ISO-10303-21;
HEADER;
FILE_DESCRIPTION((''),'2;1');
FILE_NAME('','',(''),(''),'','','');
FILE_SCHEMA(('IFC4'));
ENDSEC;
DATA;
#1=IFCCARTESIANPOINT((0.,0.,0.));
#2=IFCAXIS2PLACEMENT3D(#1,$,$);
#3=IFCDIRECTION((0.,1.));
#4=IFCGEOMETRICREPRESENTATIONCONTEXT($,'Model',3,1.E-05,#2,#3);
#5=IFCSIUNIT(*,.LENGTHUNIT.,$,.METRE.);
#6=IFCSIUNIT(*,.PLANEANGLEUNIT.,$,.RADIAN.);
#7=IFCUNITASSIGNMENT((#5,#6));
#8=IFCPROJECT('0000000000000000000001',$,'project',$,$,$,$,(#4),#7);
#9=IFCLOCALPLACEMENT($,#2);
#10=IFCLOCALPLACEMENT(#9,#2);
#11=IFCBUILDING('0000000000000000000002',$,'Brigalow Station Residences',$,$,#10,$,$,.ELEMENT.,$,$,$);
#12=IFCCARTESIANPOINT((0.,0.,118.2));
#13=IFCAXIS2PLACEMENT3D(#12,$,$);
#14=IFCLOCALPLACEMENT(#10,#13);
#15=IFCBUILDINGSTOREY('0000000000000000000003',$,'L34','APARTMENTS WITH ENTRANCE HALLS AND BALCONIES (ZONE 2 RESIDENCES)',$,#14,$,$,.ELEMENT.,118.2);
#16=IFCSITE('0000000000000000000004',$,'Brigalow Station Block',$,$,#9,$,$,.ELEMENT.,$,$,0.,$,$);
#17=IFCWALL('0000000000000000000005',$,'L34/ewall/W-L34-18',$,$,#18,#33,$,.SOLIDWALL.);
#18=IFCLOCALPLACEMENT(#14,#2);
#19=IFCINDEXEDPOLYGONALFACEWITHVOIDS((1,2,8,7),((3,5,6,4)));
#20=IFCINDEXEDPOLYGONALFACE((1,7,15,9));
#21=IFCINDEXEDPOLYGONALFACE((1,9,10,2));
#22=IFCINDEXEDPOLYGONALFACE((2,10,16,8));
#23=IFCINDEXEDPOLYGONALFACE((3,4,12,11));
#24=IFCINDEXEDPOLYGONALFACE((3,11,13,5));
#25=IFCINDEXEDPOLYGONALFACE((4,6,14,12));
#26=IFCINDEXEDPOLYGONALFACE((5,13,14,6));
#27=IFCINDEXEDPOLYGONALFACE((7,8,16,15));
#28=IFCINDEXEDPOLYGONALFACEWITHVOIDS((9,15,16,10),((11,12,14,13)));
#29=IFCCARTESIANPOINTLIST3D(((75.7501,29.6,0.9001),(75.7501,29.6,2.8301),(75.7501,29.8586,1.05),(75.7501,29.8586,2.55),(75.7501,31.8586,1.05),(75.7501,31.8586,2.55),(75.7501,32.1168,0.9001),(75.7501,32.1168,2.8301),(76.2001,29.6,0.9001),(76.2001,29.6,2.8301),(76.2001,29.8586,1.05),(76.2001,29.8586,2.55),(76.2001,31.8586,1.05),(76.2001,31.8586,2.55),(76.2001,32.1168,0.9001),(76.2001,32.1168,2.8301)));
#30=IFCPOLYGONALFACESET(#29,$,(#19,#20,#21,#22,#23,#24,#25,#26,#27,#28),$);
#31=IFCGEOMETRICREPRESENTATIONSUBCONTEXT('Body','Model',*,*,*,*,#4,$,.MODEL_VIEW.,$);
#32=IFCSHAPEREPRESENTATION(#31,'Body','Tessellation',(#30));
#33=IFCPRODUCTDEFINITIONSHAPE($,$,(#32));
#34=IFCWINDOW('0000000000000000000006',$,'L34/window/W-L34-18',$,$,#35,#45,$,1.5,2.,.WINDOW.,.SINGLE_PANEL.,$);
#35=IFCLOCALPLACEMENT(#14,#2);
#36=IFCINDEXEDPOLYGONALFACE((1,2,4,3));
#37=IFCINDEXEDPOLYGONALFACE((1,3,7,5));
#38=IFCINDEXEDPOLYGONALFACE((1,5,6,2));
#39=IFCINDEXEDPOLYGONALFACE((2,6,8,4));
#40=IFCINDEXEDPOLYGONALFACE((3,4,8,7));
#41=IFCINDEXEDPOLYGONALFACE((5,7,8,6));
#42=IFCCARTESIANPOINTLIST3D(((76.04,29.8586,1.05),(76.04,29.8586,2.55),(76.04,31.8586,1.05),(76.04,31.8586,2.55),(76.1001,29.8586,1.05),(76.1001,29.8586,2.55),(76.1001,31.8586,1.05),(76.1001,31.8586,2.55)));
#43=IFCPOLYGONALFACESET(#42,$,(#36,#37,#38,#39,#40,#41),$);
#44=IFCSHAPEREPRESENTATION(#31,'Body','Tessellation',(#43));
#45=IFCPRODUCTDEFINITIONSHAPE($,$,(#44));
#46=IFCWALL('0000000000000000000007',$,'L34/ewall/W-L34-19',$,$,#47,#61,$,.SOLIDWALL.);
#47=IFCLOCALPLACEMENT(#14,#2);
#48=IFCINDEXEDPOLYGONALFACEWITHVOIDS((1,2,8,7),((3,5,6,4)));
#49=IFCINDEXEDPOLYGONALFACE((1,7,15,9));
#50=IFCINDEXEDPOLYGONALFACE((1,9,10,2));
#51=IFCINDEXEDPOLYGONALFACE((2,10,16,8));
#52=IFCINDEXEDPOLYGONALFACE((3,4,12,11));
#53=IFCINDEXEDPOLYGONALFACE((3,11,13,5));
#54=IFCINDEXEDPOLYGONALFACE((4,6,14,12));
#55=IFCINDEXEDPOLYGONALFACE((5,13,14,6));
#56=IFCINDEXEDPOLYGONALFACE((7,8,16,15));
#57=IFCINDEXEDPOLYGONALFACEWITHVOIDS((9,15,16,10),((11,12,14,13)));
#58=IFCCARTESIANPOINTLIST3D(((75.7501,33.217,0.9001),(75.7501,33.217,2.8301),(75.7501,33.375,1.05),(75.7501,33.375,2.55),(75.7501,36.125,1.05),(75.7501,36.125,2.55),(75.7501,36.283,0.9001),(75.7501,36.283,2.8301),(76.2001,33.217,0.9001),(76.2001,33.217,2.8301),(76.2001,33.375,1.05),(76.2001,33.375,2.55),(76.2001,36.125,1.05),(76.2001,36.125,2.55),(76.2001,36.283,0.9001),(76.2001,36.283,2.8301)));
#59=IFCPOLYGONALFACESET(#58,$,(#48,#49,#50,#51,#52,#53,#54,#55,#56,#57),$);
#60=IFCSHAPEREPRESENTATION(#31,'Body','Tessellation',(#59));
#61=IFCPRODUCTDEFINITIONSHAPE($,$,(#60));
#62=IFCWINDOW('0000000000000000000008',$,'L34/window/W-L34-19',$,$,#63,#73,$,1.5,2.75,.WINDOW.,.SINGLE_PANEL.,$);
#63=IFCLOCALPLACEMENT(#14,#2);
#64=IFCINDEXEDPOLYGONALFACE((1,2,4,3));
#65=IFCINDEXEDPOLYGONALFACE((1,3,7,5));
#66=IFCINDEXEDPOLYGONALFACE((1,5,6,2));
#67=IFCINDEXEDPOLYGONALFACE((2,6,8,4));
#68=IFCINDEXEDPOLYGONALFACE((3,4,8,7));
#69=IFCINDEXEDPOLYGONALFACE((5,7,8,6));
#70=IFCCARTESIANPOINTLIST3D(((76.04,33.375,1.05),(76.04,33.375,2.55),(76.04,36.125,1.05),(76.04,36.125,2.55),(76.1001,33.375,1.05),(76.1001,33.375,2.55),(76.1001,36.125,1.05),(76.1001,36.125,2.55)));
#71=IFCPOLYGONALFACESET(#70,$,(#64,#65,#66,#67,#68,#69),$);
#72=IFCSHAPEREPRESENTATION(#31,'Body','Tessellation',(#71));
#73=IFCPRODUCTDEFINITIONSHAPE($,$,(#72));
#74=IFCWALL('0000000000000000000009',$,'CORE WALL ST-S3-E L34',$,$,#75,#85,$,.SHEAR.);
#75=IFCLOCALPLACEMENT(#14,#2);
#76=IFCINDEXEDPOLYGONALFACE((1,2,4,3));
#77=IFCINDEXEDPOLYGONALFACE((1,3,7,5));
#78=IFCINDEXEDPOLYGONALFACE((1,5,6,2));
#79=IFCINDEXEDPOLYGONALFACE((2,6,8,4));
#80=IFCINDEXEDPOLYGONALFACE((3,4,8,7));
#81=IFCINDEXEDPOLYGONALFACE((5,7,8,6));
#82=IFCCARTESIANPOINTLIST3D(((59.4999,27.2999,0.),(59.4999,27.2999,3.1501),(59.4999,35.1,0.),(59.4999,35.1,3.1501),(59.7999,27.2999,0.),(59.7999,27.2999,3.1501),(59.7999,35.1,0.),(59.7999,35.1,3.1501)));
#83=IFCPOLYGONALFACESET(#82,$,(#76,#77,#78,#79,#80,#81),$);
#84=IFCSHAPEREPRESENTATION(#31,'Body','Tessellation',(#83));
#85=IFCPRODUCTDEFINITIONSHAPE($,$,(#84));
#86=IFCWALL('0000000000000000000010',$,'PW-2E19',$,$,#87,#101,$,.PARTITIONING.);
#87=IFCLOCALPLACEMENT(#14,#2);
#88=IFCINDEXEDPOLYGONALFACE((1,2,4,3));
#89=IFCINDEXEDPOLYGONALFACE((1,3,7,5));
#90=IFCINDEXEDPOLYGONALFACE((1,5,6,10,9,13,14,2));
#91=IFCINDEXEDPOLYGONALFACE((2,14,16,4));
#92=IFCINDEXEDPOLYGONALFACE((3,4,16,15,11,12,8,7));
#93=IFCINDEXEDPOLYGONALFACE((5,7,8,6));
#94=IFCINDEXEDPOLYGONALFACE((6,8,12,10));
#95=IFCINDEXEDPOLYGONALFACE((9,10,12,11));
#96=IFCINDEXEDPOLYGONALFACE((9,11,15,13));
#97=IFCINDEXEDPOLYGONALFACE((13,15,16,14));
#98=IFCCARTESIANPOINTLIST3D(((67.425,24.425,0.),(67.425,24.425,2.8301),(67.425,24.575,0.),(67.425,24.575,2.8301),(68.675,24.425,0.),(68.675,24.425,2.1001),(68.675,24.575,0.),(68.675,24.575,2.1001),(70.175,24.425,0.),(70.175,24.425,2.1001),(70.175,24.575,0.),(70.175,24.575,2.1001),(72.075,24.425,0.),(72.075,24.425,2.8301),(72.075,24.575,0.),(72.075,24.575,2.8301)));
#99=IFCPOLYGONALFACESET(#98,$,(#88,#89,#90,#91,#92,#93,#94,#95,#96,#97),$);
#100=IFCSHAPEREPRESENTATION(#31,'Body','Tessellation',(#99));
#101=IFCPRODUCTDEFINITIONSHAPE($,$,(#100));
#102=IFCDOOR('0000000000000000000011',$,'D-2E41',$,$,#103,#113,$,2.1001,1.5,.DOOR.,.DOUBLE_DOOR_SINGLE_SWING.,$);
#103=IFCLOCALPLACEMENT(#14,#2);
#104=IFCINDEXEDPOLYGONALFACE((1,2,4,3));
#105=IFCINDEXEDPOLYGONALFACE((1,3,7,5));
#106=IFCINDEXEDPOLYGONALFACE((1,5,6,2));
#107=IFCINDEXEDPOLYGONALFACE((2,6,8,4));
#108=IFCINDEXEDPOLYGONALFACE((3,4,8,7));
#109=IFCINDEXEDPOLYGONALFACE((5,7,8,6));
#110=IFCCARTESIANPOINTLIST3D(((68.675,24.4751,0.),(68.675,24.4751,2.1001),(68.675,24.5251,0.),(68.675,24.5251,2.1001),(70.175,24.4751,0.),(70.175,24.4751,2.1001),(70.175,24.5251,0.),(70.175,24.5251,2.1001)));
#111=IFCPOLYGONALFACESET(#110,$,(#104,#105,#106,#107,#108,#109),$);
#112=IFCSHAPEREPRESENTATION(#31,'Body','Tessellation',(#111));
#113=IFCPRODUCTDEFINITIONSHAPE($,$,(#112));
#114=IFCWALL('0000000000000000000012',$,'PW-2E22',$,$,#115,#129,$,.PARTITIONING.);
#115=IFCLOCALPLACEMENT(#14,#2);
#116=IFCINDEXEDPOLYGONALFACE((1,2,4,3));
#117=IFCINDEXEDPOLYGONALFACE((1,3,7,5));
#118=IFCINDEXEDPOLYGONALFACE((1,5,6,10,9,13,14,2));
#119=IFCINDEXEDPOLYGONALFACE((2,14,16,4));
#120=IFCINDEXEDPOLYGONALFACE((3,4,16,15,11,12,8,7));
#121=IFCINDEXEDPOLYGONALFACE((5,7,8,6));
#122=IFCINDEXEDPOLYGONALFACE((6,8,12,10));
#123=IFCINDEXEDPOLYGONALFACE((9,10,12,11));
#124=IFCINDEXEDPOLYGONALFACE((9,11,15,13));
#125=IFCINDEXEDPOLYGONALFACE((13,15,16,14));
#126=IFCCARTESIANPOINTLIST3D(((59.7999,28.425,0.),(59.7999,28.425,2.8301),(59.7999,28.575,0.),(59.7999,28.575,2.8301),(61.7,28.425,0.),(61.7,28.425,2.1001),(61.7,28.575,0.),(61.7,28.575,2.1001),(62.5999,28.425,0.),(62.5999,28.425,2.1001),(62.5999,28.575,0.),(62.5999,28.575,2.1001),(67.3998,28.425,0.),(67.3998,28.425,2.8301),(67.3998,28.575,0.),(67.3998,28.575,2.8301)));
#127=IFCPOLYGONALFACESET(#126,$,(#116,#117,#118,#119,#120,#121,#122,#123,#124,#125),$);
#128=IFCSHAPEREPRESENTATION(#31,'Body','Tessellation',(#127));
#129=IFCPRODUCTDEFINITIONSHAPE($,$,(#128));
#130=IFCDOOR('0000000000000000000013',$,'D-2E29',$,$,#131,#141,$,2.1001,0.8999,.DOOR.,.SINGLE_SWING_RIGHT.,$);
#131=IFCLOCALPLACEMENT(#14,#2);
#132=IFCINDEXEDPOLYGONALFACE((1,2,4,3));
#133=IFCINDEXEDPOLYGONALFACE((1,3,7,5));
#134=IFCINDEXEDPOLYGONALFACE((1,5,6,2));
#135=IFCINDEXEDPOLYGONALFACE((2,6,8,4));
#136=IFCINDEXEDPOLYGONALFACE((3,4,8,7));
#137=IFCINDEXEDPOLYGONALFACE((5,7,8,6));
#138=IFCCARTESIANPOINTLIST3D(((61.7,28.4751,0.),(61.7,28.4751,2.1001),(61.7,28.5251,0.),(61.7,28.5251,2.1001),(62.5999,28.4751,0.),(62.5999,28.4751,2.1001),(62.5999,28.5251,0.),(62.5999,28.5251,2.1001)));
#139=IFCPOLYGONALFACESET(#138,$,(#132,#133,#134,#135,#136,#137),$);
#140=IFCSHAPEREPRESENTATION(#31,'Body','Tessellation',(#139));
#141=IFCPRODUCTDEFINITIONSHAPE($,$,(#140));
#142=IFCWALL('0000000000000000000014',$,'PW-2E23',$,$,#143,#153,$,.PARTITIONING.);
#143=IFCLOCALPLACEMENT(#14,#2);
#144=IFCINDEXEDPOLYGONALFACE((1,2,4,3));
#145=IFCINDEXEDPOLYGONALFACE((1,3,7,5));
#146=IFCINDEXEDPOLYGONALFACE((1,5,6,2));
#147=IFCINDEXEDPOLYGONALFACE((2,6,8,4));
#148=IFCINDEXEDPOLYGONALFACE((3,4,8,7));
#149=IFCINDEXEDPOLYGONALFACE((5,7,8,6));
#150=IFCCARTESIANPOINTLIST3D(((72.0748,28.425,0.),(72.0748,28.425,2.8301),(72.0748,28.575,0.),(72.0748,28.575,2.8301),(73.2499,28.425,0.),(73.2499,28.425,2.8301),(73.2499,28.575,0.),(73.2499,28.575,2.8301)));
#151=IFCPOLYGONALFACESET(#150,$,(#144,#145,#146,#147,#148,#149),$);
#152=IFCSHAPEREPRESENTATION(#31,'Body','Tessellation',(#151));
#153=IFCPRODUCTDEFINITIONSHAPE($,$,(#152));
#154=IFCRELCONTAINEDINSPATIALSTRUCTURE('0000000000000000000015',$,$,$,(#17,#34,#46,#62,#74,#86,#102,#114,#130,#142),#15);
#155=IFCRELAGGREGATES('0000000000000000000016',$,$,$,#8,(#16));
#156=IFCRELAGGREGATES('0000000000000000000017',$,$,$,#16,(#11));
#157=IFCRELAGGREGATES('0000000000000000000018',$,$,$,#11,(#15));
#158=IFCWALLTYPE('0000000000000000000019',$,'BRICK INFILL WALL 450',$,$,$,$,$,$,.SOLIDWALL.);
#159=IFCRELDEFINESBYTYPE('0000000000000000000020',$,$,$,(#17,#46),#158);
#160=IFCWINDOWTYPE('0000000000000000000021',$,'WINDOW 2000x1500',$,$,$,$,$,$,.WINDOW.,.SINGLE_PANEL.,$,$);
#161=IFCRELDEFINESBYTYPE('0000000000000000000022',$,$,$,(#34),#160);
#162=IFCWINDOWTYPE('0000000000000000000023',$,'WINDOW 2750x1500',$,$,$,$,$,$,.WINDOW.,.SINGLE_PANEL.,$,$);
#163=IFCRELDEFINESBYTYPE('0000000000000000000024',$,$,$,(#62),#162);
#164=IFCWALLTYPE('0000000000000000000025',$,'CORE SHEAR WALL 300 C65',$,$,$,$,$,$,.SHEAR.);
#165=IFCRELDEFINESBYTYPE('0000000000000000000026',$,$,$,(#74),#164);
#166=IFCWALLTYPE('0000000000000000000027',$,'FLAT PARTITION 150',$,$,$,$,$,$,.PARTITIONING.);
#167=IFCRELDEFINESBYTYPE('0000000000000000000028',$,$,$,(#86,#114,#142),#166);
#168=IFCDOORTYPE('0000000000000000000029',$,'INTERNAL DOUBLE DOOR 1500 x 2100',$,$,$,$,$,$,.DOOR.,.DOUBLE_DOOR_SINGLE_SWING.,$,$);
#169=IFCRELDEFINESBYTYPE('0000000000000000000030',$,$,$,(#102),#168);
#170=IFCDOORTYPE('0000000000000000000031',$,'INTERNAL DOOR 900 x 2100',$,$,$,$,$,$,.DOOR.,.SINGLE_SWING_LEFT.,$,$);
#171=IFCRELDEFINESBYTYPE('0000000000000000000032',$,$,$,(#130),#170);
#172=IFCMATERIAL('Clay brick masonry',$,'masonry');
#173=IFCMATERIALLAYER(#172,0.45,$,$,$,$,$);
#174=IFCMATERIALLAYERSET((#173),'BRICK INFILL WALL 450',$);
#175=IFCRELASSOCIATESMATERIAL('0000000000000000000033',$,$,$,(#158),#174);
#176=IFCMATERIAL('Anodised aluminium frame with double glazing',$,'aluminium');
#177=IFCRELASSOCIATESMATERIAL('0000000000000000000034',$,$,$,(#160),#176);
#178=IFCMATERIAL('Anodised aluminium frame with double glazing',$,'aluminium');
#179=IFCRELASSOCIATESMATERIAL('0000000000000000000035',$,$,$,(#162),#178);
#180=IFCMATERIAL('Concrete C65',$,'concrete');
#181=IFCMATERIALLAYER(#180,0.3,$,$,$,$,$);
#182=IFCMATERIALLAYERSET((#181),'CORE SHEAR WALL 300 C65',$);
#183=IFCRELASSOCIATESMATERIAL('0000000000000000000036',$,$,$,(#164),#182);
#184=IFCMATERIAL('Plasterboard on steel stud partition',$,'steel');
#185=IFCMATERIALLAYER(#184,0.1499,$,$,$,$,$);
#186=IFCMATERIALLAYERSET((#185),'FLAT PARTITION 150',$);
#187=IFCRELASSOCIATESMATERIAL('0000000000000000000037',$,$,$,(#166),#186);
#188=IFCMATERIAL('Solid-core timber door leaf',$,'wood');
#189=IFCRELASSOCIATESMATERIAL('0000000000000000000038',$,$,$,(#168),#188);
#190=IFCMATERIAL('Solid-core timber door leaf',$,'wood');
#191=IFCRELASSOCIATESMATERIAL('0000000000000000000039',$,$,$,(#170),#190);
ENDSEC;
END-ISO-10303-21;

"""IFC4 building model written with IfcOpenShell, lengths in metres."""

from ifc_helpers import new_model, si_unit, direction, frame, frame_2d, origin, place, context, subcontext, project, spatial, rectangle, extrude, material, layer, layer_set, type_object, element, fill, save


model = new_model("IFC4")

# Units and contexts
model_context = context("Model", 3, precision=1e-05, world=origin(), true_north=direction((0.0, 1.0)))
body_context = subcontext(model_context, "Body", "Model", "MODEL_VIEW")
ifc_project = project(units=[si_unit("LENGTHUNIT", "METRE"), si_unit("PLANEANGLEUNIT", "RADIAN")], contexts=[model_context])

# Site, building, storey
site_placement = place(None, origin())
site = spatial("IfcSite", under=ifc_project, at=site_placement, Name="Brigalow Station Block", CompositionType="ELEMENT", RefElevation=0.0)
building_placement = place(site_placement, origin())
building = spatial("IfcBuilding", under=site, at=building_placement, Name="Brigalow Station Residences", CompositionType="ELEMENT")
storey_placement = place(building_placement, frame((0.0, 0.0, 118.2)))
storey = spatial("IfcBuildingStorey", under=building, at=storey_placement, Name="L34", Description="APARTMENTS WITH ENTRANCE HALLS AND BALCONIES (ZONE 2 RESIDENCES)", CompositionType="ELEMENT", Elevation=118.2)

# Shared definitions
ifc_material_1 = material(Name="Clay brick masonry", Category="masonry")
ifc_layer_1 = layer(ifc_material_1, 0.45)
ifc_layer_set_1 = layer_set([ifc_layer_1], Name="BRICK INFILL WALL 450")
wall_type_1 = type_object("IfcWallType", Name="BRICK INFILL WALL 450", PredefinedType="SOLIDWALL", material=ifc_layer_set_1)

# Walls, openings, windows
wall_1_placement = place(storey_placement, frame((75.9751, 29.6001, 0.9001), z_axis=(0.0, 0.0, 1.0), x_axis=(0.0, 1.0, 0.0)))
wall_1 = element("IfcWall", 1, at=wall_1_placement, inside=storey, type_object=wall_type_1, Name="L34/ewall/W-L34-18", PredefinedType="SOLIDWALL", context=body_context, shape_type="SweptSolid", body=[
    extrude(rectangle(XDim=2.5168, YDim=0.45, at=frame_2d((1.2583, 0.0))), origin(), (0.0, 0.0, 1.0), 1.9299),
])
opening_1_placement = place(wall_1_placement, frame((0.2585, 0.0, 0.1499)))
opening_1 = element("IfcOpeningElement", 2, at=opening_1_placement, cuts=wall_1, PredefinedType="OPENING", context=body_context, shape_type="SweptSolid", body=[
    extrude(rectangle(XDim=2.0, YDim=1.5, at=frame_2d((1.0, 0.75))), frame((0.0, 0.2349, 0.0), z_axis=(0.0, -1.0, 0.0), x_axis=(1.0, 0.0, 0.0)), (0.0, 0.0, 1.0), 0.47),
])
ifc_material_2 = material(Name="Anodised aluminium frame with double glazing", Category="aluminium")
window_type_1 = type_object("IfcWindowType", Name="WINDOW 2000x1500", PartitioningType="SINGLE_PANEL", PredefinedType="WINDOW", material=ifc_material_2)
window_1_placement = place(opening_1_placement, origin())
window_1 = element("IfcWindow", 3, at=window_1_placement, inside=storey, type_object=window_type_1, Name="L34/window/W-L34-18", OverallHeight=1.5, OverallWidth=2.0, PartitioningType="SINGLE_PANEL", PredefinedType="WINDOW", context=body_context, shape_type="SweptSolid", body=[
    extrude(rectangle(XDim=2.0, YDim=1.5, at=frame_2d((1.0, 0.75))), frame((0.0, -0.0649, 0.0), z_axis=(0.0, -1.0, 0.0), x_axis=(1.0, 0.0, 0.0)), (0.0, 0.0, 1.0), 0.0601),
])
fill(opening_1, window_1)
wall_2_placement = place(storey_placement, frame((75.9751, 33.217, 0.9001), z_axis=(0.0, 0.0, 1.0), x_axis=(0.0, 1.0, 0.0)))
wall_2 = element("IfcWall", 4, at=wall_2_placement, inside=storey, type_object=wall_type_1, Name="L34/ewall/W-L34-19", PredefinedType="SOLIDWALL", context=body_context, shape_type="SweptSolid", body=[
    extrude(rectangle(XDim=3.0659, YDim=0.45, at=frame_2d((1.533, 0.0))), origin(), (0.0, 0.0, 1.0), 1.9299),
])
opening_2_placement = place(wall_2_placement, frame((0.158, 0.0, 0.1499)))
opening_2 = element("IfcOpeningElement", 5, at=opening_2_placement, cuts=wall_2, PredefinedType="OPENING", context=body_context, shape_type="SweptSolid", body=[
    extrude(rectangle(XDim=2.75, YDim=1.5, at=frame_2d((1.375, 0.75))), frame((0.0, 0.2349, 0.0), z_axis=(0.0, -1.0, 0.0), x_axis=(1.0, 0.0, 0.0)), (0.0, 0.0, 1.0), 0.47),
])
ifc_material_3 = material(Name="Anodised aluminium frame with double glazing", Category="aluminium")
window_type_2 = type_object("IfcWindowType", Name="WINDOW 2750x1500", PartitioningType="SINGLE_PANEL", PredefinedType="WINDOW", material=ifc_material_3)
window_2_placement = place(opening_2_placement, origin())
window_2 = element("IfcWindow", 6, at=window_2_placement, inside=storey, type_object=window_type_2, Name="L34/window/W-L34-19", OverallHeight=1.5, OverallWidth=2.75, PartitioningType="SINGLE_PANEL", PredefinedType="WINDOW", context=body_context, shape_type="SweptSolid", body=[
    extrude(rectangle(XDim=2.75, YDim=1.5, at=frame_2d((1.375, 0.75))), frame((0.0, -0.0649, 0.0), z_axis=(0.0, -1.0, 0.0), x_axis=(1.0, 0.0, 0.0)), (0.0, 0.0, 1.0), 0.0601),
])
fill(opening_2, window_2)

# Wall
ifc_material_4 = material(Name="Concrete C65", Category="concrete")
ifc_layer_2 = layer(ifc_material_4, 0.3)
ifc_layer_set_2 = layer_set([ifc_layer_2], Name="CORE SHEAR WALL 300 C65")
wall_type_2 = type_object("IfcWallType", Name="CORE SHEAR WALL 300 C65", PredefinedType="SHEAR", material=ifc_layer_set_2)
wall_3_placement = place(storey_placement, frame((59.6499, 27.3, 0.0), z_axis=(0.0, 0.0, 1.0), x_axis=(0.0, 1.0, 0.0)))
element("IfcWall", 7, at=wall_3_placement, inside=storey, type_object=wall_type_2, Name="CORE WALL ST-S3-E L34", PredefinedType="SHEAR", context=body_context, shape_type="SweptSolid", body=[
    extrude(rectangle(XDim=7.8, YDim=0.3, at=frame_2d((3.8999, 0.0))), origin(), (0.0, 0.0, 1.0), 3.1501),
])

# Walls, openings, doors
ifc_material_5 = material(Name="Plasterboard on steel stud partition", Category="steel")
ifc_layer_3 = layer(ifc_material_5, 0.1499)
ifc_layer_set_3 = layer_set([ifc_layer_3], Name="FLAT PARTITION 150")
wall_type_3 = type_object("IfcWallType", Name="FLAT PARTITION 150", PredefinedType="PARTITIONING", material=ifc_layer_set_3)
wall_4_placement = place(storey_placement, frame((67.425, 24.5, 0.0), z_axis=(0.0, 0.0, 1.0), x_axis=(1.0, 0.0, 0.0)))
wall_4 = element("IfcWall", 8, at=wall_4_placement, inside=storey, type_object=wall_type_3, Name="PW-2E19", PredefinedType="PARTITIONING", context=body_context, shape_type="SweptSolid", body=[
    extrude(rectangle(XDim=4.6499, YDim=0.1499, at=frame_2d((2.325, 0.0))), origin(), (0.0, 0.0, 1.0), 2.8301),
])
opening_3_placement = place(wall_4_placement, frame((1.25, 0.0, 0.0)))
opening_3 = element("IfcOpeningElement", 9, at=opening_3_placement, cuts=wall_4, PredefinedType="OPENING", context=body_context, shape_type="SweptSolid", body=[
    extrude(rectangle(XDim=1.5, YDim=2.1001, at=frame_2d((0.75, 1.05))), frame((0.0, 0.085, 0.0), z_axis=(0.0, -1.0, 0.0), x_axis=(1.0, 0.0, 0.0)), (0.0, 0.0, 1.0), 0.1699),
])
ifc_material_6 = material(Name="Solid-core timber door leaf", Category="wood")
door_type_1 = type_object("IfcDoorType", Name="INTERNAL DOUBLE DOOR 1500 x 2100", OperationType="DOUBLE_DOOR_SINGLE_SWING", PredefinedType="DOOR", material=ifc_material_6)
door_1_placement = place(opening_3_placement, frame((1.5, 0.0, 0.0), z_axis=(0.0, 0.0, 1.0), x_axis=(-1.0, 0.0, 0.0)))
door_1 = element("IfcDoor", 10, at=door_1_placement, inside=storey, type_object=door_type_1, Name="D-2E41", OperationType="DOUBLE_DOOR_SINGLE_SWING", OverallHeight=2.1001, OverallWidth=1.5, PredefinedType="DOOR", context=body_context, shape_type="SweptSolid", body=[
    extrude(rectangle(XDim=1.5, YDim=2.1001, at=frame_2d((0.75, 1.05))), frame((0.0, 0.0249, 0.0), z_axis=(0.0, -1.0, 0.0), x_axis=(1.0, 0.0, 0.0)), (0.0, 0.0, 1.0), 0.05),
])
fill(opening_3, door_1)
wall_5_placement = place(storey_placement, frame((59.8, 28.5, 0.0), z_axis=(0.0, 0.0, 1.0), x_axis=(1.0, 0.0, 0.0)))
wall_5 = element("IfcWall", 11, at=wall_5_placement, inside=storey, type_object=wall_type_3, Name="PW-2E22", PredefinedType="PARTITIONING", context=body_context, shape_type="SweptSolid", body=[
    extrude(rectangle(XDim=7.5999, YDim=0.1499, at=frame_2d((3.7998, 0.0))), origin(), (0.0, 0.0, 1.0), 2.8301),
])
opening_4_placement = place(wall_5_placement, frame((1.8999, 0.0, 0.0)))
opening_4 = element("IfcOpeningElement", 12, at=opening_4_placement, cuts=wall_5, PredefinedType="OPENING", context=body_context, shape_type="SweptSolid", body=[
    extrude(rectangle(XDim=0.8999, YDim=2.1001, at=frame_2d((0.45, 1.05))), frame((0.0, 0.085, 0.0), z_axis=(0.0, -1.0, 0.0), x_axis=(1.0, 0.0, 0.0)), (0.0, 0.0, 1.0), 0.1699),
])
ifc_material_7 = material(Name="Solid-core timber door leaf", Category="wood")
door_type_2 = type_object("IfcDoorType", Name="INTERNAL DOOR 900 x 2100", OperationType="SINGLE_SWING_LEFT", PredefinedType="DOOR", material=ifc_material_7)
door_2_placement = place(opening_4_placement, frame((0.8999, 0.0, 0.0), z_axis=(0.0, 0.0, 1.0), x_axis=(-1.0, 0.0, 0.0)))
door_2 = element("IfcDoor", 13, at=door_2_placement, inside=storey, type_object=door_type_2, Name="D-2E29", OperationType="SINGLE_SWING_RIGHT", OverallHeight=2.1001, OverallWidth=0.8999, PredefinedType="DOOR", context=body_context, shape_type="SweptSolid", body=[
    extrude(rectangle(XDim=0.8999, YDim=2.1001, at=frame_2d((0.45, 1.05))), frame((0.0, 0.0249, 0.0), z_axis=(0.0, -1.0, 0.0), x_axis=(1.0, 0.0, 0.0)), (0.0, 0.0, 1.0), 0.05),
])
fill(opening_4, door_2)

# Wall
wall_6_placement = place(storey_placement, frame((72.075, 28.5, 0.0), z_axis=(0.0, 0.0, 1.0), x_axis=(1.0, 0.0, 0.0)))
element("IfcWall", 14, at=wall_6_placement, inside=storey, type_object=wall_type_3, Name="PW-2E23", PredefinedType="PARTITIONING", context=body_context, shape_type="SweptSolid", body=[
    extrude(rectangle(XDim=1.175, YDim=0.1499, at=frame_2d((0.5874, 0.0))), origin(), (0.0, 0.0, 1.0), 2.8301),
])

save(model, "model.ifc")
